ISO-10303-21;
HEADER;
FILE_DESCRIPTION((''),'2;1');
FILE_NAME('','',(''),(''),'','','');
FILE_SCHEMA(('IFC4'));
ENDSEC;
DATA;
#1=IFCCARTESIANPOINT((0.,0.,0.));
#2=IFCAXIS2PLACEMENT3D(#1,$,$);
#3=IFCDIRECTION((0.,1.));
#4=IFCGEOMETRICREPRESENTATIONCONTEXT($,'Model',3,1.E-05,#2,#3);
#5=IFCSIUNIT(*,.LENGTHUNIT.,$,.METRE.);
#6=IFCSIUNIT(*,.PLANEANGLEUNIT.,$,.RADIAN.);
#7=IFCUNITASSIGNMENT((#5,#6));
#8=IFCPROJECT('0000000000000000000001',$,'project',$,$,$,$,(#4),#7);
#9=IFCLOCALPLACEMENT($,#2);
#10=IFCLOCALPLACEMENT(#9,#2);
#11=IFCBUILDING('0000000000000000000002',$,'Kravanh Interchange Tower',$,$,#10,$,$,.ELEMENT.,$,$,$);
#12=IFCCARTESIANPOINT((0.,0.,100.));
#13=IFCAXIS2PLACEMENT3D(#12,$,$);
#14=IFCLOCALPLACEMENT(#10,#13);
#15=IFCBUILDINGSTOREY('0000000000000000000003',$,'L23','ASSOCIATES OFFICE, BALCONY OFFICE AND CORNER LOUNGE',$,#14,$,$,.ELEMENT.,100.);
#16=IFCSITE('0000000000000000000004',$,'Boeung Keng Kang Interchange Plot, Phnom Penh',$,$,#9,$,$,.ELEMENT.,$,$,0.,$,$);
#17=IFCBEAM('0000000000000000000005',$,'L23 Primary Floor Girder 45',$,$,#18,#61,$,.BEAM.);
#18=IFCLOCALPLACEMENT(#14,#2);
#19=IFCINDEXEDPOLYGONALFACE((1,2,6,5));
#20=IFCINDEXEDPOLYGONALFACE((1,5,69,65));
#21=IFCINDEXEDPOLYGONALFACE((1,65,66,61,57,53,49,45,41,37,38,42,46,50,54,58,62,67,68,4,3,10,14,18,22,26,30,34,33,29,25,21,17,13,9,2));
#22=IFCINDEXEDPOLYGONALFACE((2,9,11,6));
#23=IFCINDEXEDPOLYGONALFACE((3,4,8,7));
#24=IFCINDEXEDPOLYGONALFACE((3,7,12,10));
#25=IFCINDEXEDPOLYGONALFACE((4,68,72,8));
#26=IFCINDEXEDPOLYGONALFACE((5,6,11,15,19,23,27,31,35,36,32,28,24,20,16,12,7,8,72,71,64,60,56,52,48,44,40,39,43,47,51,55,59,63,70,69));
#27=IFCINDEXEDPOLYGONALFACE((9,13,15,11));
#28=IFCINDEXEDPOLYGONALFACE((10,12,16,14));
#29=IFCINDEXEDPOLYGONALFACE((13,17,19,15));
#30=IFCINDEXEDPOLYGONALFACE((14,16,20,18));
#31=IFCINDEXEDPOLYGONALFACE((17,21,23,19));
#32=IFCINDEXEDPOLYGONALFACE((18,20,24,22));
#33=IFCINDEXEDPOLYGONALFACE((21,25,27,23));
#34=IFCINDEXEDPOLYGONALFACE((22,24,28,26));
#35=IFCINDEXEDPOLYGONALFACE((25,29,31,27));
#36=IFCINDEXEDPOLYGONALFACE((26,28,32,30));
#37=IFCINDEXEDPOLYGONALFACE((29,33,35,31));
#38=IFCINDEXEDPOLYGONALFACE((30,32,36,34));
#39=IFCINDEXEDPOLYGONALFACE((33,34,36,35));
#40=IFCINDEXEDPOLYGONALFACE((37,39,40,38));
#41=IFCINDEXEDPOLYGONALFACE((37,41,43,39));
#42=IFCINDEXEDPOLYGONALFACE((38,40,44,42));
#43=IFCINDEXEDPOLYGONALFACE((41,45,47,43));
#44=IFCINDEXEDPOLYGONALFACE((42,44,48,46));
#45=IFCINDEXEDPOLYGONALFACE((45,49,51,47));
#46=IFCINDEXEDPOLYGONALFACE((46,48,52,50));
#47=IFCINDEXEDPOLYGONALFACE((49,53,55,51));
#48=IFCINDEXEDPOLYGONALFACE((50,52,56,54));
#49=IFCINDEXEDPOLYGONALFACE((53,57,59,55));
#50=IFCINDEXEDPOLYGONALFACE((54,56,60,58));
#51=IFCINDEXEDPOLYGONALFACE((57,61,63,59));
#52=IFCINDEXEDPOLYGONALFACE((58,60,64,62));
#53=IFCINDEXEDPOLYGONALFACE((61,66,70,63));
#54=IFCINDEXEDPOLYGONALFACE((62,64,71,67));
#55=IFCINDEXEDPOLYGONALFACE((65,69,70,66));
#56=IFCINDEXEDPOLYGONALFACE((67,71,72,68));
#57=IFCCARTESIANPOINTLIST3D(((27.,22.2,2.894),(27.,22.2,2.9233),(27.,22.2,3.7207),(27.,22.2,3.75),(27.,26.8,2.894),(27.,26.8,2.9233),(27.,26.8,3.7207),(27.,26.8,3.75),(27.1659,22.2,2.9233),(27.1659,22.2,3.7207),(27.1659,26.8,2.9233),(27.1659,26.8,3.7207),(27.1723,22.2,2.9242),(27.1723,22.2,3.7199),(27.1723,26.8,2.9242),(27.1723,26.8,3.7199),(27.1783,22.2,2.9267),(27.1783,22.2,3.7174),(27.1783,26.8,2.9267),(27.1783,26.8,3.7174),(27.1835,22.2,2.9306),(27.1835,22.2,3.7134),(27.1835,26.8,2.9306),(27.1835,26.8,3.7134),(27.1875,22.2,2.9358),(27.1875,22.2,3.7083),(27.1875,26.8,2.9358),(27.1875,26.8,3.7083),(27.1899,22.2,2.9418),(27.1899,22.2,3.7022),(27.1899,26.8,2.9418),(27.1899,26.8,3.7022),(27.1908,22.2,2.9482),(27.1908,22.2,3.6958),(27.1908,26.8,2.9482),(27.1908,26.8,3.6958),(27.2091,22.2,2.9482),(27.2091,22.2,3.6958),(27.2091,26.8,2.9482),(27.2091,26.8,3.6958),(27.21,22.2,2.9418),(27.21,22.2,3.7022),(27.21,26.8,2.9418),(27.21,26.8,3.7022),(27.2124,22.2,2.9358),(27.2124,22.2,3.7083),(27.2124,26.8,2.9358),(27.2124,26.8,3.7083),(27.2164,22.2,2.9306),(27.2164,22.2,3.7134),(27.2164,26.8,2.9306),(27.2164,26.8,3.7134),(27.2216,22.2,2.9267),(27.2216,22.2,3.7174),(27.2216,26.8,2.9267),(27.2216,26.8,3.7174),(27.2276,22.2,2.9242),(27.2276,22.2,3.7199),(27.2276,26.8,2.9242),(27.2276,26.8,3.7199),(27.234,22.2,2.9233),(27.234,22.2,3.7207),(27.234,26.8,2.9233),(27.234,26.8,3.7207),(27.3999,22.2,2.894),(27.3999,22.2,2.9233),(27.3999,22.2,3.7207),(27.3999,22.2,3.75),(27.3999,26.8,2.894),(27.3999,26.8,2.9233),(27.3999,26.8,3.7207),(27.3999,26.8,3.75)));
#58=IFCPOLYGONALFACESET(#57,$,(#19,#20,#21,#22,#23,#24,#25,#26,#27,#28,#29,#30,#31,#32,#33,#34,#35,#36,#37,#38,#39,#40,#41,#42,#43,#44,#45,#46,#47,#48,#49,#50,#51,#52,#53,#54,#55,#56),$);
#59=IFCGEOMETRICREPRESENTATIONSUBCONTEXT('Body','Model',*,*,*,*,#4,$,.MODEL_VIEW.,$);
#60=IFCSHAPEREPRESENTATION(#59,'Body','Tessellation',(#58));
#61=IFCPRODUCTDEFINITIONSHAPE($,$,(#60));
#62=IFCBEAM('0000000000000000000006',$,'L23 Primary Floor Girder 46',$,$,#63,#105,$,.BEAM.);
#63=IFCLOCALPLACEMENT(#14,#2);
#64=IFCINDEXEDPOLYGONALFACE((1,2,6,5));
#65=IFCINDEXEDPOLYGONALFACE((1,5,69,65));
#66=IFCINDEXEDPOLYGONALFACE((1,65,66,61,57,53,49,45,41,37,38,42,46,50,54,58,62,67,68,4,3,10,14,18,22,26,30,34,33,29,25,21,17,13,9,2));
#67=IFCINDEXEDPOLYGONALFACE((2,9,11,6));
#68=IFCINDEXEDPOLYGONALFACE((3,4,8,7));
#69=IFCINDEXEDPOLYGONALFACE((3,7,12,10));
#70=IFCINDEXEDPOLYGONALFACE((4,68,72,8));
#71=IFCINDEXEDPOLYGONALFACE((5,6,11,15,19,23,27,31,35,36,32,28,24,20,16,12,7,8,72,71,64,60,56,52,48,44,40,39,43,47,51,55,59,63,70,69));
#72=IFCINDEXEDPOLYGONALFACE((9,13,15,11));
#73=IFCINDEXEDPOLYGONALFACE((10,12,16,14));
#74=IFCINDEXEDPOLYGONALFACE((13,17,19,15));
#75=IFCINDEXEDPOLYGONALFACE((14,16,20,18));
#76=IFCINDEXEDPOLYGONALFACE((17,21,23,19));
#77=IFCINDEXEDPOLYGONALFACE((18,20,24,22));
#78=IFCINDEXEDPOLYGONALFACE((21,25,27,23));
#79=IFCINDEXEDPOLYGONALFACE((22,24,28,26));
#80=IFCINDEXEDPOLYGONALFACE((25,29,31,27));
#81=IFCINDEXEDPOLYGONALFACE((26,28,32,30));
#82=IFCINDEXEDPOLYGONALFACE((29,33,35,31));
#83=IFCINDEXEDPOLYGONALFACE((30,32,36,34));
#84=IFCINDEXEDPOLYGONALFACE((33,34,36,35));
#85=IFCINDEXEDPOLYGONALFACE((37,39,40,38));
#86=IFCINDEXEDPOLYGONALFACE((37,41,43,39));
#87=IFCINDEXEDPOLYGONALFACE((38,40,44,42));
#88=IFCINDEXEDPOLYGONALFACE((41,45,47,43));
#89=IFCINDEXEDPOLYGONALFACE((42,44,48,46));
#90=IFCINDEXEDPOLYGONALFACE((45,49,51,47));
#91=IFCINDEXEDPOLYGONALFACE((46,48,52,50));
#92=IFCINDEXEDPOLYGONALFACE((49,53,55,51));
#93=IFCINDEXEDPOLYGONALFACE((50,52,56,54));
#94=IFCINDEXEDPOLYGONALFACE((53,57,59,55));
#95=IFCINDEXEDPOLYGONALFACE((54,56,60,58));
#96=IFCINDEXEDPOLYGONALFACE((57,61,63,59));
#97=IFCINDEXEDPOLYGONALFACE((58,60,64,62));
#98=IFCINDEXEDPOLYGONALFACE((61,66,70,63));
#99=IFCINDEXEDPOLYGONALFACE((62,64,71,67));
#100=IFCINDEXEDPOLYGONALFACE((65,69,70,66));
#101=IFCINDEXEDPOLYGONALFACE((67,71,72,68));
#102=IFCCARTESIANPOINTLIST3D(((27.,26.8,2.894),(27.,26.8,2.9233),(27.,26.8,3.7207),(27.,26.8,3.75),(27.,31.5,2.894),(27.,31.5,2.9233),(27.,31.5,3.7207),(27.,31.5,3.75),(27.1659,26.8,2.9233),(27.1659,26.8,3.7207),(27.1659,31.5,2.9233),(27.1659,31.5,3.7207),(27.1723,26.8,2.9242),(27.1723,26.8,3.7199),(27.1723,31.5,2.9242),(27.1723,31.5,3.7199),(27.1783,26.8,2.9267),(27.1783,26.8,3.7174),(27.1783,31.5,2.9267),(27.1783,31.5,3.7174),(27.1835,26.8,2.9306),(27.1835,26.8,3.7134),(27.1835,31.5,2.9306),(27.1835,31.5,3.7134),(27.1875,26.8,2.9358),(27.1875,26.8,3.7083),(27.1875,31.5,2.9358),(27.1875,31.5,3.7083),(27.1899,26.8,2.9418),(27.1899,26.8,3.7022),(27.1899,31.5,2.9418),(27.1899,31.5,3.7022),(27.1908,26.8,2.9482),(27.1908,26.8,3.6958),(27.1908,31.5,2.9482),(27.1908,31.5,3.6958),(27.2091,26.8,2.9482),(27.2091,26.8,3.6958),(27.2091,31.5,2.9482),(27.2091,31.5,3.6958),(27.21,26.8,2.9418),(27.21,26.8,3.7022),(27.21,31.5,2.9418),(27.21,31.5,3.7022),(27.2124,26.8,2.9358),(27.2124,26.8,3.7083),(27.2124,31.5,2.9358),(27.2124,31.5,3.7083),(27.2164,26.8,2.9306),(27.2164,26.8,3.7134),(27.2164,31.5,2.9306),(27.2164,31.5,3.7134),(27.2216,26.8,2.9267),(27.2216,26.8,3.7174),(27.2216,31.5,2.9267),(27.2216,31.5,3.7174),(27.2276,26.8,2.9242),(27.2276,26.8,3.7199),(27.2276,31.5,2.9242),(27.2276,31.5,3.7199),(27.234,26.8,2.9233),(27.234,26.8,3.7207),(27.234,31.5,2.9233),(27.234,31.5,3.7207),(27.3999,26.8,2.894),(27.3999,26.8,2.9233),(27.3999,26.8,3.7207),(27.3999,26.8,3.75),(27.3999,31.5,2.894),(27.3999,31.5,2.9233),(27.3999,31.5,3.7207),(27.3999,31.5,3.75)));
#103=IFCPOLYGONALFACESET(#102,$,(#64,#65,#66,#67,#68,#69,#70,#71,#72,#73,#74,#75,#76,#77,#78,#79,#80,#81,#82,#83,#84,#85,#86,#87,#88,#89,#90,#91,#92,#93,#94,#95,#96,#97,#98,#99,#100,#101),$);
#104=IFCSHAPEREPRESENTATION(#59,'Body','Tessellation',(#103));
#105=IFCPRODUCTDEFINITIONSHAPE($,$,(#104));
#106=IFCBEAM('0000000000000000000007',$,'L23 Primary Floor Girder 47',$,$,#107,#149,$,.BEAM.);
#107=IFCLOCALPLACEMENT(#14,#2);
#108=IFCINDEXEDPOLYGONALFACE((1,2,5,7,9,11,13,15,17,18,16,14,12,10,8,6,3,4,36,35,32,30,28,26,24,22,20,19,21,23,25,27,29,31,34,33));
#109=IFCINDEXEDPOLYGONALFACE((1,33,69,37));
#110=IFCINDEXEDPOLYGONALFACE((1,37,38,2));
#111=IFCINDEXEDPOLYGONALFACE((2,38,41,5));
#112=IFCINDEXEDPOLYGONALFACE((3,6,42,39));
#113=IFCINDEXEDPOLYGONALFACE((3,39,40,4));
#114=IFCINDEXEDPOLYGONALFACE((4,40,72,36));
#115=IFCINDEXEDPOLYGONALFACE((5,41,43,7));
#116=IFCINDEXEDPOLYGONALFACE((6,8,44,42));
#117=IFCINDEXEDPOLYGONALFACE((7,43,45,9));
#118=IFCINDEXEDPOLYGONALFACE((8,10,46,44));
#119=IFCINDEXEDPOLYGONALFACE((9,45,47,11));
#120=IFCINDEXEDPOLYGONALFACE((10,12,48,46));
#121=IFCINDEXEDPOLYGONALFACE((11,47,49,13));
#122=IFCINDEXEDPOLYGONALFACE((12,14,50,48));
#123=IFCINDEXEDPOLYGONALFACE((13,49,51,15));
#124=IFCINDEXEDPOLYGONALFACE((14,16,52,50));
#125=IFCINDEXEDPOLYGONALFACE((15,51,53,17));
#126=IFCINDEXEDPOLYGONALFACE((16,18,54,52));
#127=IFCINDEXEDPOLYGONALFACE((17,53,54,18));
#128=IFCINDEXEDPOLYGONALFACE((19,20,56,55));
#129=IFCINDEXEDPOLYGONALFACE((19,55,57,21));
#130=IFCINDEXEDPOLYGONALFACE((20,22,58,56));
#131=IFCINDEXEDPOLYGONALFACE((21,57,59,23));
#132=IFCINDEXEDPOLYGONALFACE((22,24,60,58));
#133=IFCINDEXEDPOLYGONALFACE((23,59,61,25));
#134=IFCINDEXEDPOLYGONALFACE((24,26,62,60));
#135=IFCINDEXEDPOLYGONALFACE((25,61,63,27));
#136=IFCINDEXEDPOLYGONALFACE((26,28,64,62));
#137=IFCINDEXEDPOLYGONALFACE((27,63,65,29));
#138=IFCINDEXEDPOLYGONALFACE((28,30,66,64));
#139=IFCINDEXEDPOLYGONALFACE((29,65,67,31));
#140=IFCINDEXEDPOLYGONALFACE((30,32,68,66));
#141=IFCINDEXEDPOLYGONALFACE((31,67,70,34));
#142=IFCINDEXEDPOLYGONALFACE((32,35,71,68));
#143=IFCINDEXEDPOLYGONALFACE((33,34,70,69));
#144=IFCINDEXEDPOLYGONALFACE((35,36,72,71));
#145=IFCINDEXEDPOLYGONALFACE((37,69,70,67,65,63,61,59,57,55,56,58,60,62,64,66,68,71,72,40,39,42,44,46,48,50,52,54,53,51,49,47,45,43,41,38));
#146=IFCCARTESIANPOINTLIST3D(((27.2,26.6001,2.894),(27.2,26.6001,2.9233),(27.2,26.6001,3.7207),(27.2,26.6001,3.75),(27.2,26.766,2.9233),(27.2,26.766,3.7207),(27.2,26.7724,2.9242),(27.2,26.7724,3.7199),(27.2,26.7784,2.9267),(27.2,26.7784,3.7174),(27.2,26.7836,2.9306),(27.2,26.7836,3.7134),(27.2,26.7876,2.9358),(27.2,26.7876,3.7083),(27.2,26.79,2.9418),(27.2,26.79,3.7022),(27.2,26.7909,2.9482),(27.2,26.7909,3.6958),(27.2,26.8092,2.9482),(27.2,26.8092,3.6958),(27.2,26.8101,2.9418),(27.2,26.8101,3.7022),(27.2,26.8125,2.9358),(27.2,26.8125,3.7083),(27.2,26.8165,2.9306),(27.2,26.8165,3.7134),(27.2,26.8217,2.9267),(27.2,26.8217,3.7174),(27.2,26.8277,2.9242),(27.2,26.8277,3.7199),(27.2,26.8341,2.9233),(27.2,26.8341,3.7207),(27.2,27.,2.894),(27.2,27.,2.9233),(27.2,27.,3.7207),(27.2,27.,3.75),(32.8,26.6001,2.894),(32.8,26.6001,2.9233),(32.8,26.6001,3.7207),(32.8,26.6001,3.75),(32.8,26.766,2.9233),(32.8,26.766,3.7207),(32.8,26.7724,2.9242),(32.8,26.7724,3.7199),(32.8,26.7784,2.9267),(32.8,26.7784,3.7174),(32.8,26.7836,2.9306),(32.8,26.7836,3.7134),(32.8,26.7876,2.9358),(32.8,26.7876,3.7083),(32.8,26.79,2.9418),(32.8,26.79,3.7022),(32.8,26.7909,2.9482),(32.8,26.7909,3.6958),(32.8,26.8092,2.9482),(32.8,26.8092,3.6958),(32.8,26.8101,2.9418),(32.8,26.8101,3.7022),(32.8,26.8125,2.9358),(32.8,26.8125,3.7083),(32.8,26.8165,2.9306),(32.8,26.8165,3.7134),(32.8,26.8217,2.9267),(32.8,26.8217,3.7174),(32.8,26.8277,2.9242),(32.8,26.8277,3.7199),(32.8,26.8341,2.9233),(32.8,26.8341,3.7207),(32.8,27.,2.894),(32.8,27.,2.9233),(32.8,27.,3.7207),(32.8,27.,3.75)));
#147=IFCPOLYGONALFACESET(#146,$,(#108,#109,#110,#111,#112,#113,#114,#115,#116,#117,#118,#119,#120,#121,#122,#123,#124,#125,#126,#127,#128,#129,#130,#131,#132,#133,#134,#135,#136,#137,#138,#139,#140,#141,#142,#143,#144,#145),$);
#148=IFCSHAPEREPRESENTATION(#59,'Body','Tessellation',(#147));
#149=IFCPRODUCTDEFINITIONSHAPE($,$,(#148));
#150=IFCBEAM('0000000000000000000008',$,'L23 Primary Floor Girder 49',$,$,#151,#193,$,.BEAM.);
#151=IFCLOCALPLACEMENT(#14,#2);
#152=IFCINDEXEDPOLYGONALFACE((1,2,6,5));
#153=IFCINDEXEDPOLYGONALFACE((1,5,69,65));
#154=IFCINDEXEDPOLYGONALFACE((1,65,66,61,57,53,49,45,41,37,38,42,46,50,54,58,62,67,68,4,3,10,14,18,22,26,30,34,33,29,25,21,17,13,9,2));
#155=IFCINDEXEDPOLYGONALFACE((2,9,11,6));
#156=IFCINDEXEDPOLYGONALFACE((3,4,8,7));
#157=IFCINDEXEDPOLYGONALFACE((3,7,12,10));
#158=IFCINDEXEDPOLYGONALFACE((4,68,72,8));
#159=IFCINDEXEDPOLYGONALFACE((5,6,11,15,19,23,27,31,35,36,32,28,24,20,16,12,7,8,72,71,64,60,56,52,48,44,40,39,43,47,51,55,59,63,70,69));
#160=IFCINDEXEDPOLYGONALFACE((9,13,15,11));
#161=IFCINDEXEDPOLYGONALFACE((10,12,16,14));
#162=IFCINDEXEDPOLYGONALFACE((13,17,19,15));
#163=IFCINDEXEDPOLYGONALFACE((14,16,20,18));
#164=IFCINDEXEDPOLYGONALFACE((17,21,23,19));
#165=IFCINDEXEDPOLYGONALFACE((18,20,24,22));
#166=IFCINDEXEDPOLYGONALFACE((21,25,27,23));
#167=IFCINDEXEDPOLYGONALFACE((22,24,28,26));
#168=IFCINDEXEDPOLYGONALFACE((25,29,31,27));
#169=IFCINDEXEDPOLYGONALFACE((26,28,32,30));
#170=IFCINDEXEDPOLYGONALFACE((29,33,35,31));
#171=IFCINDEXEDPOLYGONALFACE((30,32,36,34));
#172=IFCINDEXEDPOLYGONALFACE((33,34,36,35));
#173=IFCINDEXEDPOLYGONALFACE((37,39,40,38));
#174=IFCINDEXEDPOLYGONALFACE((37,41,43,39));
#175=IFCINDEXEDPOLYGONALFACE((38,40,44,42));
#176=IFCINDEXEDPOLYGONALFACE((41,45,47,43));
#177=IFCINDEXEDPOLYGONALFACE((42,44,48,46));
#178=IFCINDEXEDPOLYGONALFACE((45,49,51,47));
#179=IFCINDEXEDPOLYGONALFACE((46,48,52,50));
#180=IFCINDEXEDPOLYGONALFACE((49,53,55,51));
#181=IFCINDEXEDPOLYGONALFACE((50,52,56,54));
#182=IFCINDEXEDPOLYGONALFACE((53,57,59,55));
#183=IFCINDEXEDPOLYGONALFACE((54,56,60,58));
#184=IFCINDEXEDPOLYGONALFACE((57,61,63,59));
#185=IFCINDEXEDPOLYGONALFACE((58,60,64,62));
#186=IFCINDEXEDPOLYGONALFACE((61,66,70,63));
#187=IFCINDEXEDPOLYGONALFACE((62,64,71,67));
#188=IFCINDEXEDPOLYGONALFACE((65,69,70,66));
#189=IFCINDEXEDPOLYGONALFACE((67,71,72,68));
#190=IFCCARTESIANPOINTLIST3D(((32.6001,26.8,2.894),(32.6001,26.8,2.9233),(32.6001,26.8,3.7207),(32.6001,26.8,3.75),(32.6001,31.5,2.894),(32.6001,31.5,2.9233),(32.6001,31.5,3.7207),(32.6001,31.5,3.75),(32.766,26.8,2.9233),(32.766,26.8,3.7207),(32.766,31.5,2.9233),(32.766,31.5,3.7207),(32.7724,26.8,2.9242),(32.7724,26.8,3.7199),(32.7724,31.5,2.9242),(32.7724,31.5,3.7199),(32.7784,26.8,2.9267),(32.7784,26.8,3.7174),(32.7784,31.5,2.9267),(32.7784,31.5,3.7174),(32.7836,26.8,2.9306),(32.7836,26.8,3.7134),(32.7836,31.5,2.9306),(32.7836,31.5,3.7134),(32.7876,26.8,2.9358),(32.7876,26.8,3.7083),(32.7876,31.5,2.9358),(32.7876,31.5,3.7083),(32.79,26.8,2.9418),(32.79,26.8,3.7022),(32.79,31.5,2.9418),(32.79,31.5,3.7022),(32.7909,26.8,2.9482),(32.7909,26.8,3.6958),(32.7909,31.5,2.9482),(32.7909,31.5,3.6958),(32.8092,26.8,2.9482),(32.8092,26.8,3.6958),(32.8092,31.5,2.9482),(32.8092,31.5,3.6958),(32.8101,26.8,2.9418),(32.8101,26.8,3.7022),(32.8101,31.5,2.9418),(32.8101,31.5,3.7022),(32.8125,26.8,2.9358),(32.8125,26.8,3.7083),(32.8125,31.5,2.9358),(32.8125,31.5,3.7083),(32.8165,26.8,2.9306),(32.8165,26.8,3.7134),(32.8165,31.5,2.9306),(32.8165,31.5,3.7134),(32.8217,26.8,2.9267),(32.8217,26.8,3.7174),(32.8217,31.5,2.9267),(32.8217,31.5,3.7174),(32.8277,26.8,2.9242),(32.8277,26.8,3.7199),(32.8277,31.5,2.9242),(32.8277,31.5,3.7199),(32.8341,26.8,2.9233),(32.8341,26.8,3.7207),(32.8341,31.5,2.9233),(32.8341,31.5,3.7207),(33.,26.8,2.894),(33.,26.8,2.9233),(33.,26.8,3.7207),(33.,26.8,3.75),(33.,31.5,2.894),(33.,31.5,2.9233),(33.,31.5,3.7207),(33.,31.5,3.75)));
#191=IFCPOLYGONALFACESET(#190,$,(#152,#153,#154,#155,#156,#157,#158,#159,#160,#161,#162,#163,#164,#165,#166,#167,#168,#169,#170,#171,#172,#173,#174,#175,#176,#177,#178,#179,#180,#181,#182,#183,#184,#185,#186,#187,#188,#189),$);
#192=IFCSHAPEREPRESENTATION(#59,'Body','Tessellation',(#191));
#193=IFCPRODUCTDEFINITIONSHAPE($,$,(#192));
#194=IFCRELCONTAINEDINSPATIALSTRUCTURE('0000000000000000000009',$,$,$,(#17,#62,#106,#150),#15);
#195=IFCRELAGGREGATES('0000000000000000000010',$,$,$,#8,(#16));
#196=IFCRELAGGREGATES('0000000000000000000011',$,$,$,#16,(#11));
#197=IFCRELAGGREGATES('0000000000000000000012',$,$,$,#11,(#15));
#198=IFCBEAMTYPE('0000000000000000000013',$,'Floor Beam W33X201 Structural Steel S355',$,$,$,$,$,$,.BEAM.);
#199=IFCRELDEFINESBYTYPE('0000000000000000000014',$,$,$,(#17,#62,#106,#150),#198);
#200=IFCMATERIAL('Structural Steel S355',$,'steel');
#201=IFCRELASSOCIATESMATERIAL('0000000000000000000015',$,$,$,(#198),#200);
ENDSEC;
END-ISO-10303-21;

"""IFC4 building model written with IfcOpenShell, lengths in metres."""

from ifc_helpers import new_model, si_unit, direction, frame, origin, origin_2d, place, context, subcontext, project, spatial, i_section, extrude, material, material_profile, profile_set, type_object, element, save


model = new_model("IFC4")

# Units and contexts
model_context = context("Model", 3, precision=1e-05, world=origin(), true_north=direction((0.0, 1.0)))
body_context = subcontext(model_context, "Body", "Model", "MODEL_VIEW")
ifc_project = project(units=[si_unit("LENGTHUNIT", "METRE"), si_unit("PLANEANGLEUNIT", "RADIAN")], contexts=[model_context])

# Site, building, storey
site_placement = place(None, origin())
site = spatial("IfcSite", under=ifc_project, at=site_placement, Name="Boeung Keng Kang Interchange Plot, Phnom Penh", CompositionType="ELEMENT", RefElevation=0.0)
building_placement = place(site_placement, origin())
building = spatial("IfcBuilding", under=site, at=building_placement, Name="Kravanh Interchange Tower", CompositionType="ELEMENT")
storey_placement = place(building_placement, frame((0.0, 0.0, 100.0)))
storey = spatial("IfcBuildingStorey", under=building, at=storey_placement, Name="L23", Description="ASSOCIATES OFFICE, BALCONY OFFICE AND CORNER LOUNGE", CompositionType="ELEMENT", Elevation=100.0)

# Beams
ifc_material_1 = material(Name="Structural Steel S355", Category="steel")
ifc_material_profile_1 = material_profile(ifc_material_1, i_section(OverallWidth=0.3999, OverallDepth=0.856, WebThickness=0.0183, FlangeThickness=0.0293, FilletRadius=0.0249, at=origin_2d()), Name="W33X201")
ifc_profile_set_1 = profile_set([ifc_material_profile_1], Name="Structural Steel S355")
beam_type_1 = type_object("IfcBeamType", Name="Floor Beam W33X201 Structural Steel S355", PredefinedType="BEAM", material=ifc_profile_set_1)
beam_1_placement = place(storey_placement, frame((27.2, 26.8, 3.322), z_axis=(0.0, -1.0, 0.0), x_axis=(1.0, 0.0, 0.0)))
element("IfcBeam", 1, at=beam_1_placement, inside=storey, type_object=beam_type_1, Name="L23 Primary Floor Girder 45", PredefinedType="BEAM", context=body_context, shape_type="SweptSolid", body=[
    extrude(i_section(OverallWidth=0.3999, OverallDepth=0.856, WebThickness=0.0183, FlangeThickness=0.0293, FilletRadius=0.0249, at=origin_2d()), origin(), (0.0, 0.0, 1.0), 4.6001),
])
beam_2_placement = place(storey_placement, frame((27.2, 26.8, 3.322), z_axis=(0.0, 1.0, 0.0), x_axis=(-1.0, 0.0, 0.0)))
element("IfcBeam", 2, at=beam_2_placement, inside=storey, type_object=beam_type_1, Name="L23 Primary Floor Girder 46", PredefinedType="BEAM", context=body_context, shape_type="SweptSolid", body=[
    extrude(i_section(OverallWidth=0.3999, OverallDepth=0.856, WebThickness=0.0183, FlangeThickness=0.0293, FilletRadius=0.0249, at=origin_2d()), origin(), (0.0, 0.0, 1.0), 4.7),
])
beam_3_placement = place(storey_placement, frame((27.2, 26.8, 3.322), z_axis=(1.0, 0.0, 0.0), x_axis=(0.0, 1.0, 0.0)))
element("IfcBeam", 3, at=beam_3_placement, inside=storey, type_object=beam_type_1, Name="L23 Primary Floor Girder 47", PredefinedType="BEAM", context=body_context, shape_type="SweptSolid", body=[
    extrude(i_section(OverallWidth=0.3999, OverallDepth=0.856, WebThickness=0.0183, FlangeThickness=0.0293, FilletRadius=0.0249, at=origin_2d()), origin(), (0.0, 0.0, 1.0), 5.6001),
])
beam_4_placement = place(storey_placement, frame((32.8, 26.8, 3.322), z_axis=(0.0, 1.0, 0.0), x_axis=(-1.0, 0.0, 0.0)))
element("IfcBeam", 4, at=beam_4_placement, inside=storey, type_object=beam_type_1, Name="L23 Primary Floor Girder 49", PredefinedType="BEAM", context=body_context, shape_type="SweptSolid", body=[
    extrude(i_section(OverallWidth=0.3999, OverallDepth=0.856, WebThickness=0.0183, FlangeThickness=0.0293, FilletRadius=0.0249, at=origin_2d()), origin(), (0.0, 0.0, 1.0), 4.7),
])

save(model, "model.ifc")
